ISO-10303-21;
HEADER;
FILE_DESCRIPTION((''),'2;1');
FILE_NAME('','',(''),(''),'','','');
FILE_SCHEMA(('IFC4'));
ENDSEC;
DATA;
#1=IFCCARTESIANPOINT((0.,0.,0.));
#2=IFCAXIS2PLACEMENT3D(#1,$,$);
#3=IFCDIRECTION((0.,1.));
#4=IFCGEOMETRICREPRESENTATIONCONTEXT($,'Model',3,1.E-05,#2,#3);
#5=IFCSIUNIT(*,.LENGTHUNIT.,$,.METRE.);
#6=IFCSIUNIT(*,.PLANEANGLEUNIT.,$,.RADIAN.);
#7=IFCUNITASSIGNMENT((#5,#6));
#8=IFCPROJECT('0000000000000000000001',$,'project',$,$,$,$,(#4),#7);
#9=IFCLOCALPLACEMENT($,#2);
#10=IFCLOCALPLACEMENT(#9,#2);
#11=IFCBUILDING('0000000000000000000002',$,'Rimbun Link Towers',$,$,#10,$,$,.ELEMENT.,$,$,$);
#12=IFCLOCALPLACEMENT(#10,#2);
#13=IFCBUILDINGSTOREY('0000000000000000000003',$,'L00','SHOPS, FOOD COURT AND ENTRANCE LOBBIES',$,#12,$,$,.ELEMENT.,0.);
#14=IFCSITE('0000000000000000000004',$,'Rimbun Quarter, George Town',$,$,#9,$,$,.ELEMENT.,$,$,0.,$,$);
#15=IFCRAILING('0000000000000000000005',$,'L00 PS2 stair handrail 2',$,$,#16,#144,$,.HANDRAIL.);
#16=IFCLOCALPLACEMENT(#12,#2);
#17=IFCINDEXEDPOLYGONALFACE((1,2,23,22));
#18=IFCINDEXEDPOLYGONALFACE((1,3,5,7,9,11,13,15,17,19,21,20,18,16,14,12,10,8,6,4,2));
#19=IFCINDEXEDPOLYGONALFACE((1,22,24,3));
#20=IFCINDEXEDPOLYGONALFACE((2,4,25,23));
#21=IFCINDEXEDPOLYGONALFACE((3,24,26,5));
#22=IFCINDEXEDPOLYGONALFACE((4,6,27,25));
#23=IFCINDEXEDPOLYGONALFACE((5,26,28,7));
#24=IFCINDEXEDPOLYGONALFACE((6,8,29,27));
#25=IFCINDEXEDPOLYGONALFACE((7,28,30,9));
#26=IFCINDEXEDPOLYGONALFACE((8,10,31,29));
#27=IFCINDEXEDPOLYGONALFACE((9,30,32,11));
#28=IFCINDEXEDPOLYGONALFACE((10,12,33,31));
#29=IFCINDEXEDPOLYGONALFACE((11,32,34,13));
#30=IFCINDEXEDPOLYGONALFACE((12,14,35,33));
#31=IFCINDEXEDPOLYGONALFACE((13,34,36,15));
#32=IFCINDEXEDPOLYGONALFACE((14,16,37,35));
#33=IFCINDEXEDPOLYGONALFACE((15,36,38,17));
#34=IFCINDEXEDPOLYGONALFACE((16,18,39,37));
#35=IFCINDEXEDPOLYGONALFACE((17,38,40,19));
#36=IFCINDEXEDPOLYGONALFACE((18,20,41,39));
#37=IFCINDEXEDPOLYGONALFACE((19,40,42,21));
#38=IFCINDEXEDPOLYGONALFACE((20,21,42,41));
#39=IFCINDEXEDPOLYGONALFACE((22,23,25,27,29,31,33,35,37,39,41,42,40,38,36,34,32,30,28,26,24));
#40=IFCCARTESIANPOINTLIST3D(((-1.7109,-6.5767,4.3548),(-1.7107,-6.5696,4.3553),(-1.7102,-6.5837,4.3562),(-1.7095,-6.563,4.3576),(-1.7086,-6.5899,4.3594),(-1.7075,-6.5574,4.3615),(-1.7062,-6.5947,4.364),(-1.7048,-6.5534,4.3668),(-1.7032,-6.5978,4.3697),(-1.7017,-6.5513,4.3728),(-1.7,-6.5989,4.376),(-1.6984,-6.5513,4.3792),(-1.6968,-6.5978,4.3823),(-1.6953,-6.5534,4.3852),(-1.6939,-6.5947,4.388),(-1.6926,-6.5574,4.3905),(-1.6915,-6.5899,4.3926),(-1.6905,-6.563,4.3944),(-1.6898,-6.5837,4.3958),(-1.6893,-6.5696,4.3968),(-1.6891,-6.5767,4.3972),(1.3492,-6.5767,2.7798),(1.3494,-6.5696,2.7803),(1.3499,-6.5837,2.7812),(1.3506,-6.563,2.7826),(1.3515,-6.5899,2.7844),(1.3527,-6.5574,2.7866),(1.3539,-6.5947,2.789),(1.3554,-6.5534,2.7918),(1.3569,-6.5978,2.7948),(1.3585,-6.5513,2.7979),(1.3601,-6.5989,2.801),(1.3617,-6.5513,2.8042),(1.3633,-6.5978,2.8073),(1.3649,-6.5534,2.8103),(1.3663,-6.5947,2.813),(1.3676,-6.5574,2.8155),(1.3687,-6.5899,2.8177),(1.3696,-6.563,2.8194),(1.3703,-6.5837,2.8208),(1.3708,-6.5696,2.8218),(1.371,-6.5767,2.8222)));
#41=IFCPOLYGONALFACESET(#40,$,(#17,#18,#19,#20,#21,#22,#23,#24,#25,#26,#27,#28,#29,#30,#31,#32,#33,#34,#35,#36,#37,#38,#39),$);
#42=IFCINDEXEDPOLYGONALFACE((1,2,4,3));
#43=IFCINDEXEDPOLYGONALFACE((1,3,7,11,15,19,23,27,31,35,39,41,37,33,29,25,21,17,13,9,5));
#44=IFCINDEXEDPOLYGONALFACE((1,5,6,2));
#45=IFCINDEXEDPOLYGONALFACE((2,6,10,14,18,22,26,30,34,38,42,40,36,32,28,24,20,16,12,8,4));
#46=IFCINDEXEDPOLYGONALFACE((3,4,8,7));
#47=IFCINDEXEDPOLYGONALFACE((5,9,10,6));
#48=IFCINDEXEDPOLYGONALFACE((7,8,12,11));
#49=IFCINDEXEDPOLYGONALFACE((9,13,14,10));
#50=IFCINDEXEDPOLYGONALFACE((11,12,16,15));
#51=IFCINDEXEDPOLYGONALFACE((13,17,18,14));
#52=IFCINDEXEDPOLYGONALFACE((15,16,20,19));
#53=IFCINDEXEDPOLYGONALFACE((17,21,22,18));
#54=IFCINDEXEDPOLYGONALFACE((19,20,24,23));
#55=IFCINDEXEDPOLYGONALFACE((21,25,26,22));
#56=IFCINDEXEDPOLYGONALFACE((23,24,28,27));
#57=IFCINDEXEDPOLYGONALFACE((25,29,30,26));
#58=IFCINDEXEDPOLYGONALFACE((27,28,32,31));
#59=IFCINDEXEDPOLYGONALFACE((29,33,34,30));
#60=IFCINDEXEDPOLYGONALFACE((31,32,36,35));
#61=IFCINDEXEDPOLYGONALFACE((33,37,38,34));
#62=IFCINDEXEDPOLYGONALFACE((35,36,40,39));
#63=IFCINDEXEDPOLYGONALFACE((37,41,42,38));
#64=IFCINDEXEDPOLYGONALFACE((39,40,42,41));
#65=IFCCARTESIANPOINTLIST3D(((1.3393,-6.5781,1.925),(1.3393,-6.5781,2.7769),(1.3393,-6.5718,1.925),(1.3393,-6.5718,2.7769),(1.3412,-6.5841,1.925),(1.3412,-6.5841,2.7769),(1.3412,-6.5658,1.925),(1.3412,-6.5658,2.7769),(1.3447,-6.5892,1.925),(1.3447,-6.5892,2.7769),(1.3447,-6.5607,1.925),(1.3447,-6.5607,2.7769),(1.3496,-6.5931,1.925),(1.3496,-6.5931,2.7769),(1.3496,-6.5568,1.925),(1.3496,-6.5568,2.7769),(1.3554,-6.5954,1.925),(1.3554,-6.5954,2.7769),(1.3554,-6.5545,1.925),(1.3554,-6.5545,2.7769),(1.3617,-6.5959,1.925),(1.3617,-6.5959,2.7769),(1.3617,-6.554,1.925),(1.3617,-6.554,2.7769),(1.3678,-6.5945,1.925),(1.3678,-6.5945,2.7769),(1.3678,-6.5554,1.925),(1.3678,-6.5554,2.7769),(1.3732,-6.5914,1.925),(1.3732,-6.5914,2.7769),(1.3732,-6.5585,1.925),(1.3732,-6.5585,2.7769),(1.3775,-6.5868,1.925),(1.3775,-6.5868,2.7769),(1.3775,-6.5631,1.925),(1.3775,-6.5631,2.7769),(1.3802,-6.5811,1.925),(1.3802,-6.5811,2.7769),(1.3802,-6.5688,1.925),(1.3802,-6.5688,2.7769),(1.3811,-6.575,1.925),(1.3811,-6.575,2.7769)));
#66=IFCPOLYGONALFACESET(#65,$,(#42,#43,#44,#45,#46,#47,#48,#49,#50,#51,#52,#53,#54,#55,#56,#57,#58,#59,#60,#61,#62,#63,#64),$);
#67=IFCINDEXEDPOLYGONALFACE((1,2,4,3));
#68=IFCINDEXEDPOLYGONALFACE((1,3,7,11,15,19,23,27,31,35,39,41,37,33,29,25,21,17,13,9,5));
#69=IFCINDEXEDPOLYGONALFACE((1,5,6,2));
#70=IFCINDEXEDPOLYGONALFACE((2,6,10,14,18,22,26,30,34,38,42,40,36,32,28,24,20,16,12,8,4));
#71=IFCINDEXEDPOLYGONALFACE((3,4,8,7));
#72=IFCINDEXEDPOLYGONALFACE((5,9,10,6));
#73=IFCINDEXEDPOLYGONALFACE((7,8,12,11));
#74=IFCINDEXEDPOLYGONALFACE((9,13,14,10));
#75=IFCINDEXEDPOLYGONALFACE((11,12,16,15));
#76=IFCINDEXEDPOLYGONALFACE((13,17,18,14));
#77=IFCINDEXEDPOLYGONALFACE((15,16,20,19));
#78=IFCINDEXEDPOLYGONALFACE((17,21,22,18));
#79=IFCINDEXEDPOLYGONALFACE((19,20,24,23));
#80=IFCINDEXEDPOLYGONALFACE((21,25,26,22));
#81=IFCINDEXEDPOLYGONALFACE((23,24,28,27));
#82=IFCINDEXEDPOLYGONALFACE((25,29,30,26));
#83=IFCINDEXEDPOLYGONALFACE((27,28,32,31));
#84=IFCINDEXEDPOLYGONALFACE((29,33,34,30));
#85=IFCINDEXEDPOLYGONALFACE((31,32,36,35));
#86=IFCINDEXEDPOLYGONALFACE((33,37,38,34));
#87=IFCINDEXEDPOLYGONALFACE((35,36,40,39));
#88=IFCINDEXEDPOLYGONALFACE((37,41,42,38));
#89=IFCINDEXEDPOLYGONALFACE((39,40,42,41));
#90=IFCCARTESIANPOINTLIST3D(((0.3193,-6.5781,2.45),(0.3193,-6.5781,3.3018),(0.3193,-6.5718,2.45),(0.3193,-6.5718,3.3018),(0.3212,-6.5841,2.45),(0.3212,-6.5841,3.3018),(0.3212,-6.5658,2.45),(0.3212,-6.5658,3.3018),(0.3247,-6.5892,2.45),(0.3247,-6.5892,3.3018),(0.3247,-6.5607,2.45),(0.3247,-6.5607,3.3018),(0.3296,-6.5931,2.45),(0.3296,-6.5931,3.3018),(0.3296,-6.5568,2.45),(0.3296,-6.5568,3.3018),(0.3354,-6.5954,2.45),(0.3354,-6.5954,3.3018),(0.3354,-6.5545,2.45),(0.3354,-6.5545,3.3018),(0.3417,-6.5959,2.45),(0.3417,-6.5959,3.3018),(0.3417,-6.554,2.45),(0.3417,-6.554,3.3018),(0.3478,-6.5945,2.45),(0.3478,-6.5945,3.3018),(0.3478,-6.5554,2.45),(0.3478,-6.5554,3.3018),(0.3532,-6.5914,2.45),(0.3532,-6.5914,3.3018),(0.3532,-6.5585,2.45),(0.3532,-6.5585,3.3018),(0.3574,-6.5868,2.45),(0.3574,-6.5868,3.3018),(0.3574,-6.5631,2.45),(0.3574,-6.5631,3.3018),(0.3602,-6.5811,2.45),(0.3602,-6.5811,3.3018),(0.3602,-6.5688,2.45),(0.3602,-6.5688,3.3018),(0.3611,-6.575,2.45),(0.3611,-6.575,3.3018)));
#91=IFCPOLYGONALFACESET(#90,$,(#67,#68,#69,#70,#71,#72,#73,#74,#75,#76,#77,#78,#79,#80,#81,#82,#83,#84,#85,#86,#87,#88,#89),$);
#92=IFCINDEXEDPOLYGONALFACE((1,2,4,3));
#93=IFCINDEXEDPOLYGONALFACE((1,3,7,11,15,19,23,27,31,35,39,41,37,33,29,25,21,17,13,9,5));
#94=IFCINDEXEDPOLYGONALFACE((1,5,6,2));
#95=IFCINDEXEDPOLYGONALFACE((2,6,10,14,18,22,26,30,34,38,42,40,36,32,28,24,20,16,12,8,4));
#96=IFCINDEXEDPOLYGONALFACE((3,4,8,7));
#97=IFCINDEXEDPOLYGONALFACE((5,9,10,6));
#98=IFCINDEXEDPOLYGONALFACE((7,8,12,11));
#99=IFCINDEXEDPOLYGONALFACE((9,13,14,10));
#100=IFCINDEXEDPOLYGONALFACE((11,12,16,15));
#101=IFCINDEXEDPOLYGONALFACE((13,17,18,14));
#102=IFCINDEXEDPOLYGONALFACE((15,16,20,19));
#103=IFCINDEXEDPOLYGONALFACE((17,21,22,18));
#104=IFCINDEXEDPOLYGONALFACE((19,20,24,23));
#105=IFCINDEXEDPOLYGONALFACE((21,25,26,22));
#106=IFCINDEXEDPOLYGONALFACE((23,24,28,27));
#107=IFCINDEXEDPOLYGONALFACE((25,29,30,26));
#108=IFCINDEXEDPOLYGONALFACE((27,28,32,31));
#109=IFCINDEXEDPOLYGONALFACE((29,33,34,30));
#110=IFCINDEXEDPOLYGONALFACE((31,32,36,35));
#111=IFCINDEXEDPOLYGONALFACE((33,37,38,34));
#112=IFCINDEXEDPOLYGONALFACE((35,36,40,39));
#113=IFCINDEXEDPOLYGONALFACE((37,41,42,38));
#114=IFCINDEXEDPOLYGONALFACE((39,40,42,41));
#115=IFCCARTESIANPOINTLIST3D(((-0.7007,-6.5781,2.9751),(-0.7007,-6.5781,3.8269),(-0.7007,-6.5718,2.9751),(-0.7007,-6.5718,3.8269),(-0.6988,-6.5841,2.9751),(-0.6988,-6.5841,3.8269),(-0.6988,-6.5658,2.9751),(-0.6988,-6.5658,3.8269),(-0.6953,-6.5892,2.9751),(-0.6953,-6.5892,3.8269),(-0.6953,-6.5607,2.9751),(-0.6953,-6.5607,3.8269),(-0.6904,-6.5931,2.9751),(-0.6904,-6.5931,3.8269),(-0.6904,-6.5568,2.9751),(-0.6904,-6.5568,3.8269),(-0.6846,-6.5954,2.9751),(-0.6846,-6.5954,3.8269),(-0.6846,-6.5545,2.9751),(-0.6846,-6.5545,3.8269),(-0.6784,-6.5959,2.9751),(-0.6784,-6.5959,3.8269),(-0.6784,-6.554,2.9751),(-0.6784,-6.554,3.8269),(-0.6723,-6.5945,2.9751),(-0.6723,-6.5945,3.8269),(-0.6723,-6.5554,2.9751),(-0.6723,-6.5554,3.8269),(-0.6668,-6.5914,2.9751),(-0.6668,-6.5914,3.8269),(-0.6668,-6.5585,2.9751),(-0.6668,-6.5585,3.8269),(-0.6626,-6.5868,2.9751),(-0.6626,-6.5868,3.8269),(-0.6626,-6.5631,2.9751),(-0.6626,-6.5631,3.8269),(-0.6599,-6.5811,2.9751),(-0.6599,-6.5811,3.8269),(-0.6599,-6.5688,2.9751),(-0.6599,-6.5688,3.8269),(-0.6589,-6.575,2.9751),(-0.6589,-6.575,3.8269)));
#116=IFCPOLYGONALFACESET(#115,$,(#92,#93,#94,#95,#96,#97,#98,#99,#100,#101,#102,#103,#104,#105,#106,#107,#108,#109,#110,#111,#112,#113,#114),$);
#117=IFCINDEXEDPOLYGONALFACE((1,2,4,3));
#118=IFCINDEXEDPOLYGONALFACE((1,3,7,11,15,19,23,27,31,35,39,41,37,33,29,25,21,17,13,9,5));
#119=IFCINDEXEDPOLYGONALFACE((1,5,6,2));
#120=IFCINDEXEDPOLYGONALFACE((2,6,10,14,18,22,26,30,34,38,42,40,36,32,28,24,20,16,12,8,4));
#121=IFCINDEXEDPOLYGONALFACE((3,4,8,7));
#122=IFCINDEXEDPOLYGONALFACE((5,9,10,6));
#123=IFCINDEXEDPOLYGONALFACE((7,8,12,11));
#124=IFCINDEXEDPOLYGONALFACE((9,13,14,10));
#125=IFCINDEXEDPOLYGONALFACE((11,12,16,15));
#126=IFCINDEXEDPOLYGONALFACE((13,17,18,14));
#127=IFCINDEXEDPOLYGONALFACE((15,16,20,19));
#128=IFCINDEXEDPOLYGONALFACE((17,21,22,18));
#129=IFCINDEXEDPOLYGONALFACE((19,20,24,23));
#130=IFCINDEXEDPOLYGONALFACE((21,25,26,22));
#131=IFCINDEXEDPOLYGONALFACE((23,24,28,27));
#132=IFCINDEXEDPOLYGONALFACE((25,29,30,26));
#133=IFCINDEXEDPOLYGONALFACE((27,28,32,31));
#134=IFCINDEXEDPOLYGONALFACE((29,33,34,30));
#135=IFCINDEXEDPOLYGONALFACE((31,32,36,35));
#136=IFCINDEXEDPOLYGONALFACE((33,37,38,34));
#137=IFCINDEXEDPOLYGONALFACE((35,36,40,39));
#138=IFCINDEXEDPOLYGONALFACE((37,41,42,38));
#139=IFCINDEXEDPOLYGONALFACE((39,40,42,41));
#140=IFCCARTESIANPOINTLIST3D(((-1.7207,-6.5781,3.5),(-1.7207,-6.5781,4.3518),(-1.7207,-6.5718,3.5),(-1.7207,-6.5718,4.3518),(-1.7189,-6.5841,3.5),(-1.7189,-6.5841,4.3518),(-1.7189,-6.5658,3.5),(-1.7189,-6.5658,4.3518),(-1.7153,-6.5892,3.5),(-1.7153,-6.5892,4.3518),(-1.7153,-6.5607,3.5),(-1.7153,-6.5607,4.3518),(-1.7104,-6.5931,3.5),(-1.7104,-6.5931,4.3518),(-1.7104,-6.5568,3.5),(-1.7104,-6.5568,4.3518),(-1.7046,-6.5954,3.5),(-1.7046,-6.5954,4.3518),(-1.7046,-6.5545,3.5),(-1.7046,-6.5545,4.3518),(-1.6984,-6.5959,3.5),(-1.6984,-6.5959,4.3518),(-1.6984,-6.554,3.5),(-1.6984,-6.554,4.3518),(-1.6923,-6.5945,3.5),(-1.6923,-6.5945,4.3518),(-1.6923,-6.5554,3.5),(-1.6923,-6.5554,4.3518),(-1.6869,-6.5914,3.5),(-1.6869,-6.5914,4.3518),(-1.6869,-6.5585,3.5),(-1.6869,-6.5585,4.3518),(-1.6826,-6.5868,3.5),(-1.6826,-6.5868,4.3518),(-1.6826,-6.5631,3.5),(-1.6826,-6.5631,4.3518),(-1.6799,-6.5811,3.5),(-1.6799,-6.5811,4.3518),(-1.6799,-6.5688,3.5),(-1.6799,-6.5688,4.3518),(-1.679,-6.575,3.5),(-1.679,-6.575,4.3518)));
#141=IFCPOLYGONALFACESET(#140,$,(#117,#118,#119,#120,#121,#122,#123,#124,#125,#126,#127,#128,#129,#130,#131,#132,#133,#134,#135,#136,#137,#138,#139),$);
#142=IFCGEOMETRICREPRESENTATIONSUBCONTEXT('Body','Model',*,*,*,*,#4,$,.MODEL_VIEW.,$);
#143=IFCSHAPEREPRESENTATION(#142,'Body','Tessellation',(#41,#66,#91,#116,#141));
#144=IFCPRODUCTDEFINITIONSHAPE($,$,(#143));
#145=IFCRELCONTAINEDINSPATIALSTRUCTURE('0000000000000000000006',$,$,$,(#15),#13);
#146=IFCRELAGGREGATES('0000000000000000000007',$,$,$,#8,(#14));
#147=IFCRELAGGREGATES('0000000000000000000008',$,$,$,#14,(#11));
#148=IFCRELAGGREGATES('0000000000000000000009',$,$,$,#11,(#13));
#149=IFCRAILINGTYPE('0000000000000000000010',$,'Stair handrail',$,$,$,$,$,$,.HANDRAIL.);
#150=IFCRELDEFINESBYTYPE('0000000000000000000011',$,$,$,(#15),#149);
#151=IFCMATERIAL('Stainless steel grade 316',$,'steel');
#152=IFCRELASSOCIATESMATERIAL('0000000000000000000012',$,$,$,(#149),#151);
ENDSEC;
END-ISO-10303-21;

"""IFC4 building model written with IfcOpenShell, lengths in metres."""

from ifc_helpers import new_model, si_unit, direction, frame, origin, origin_2d, place, context, subcontext, project, spatial, circle, extrude, material, type_object, element, save


model = new_model("IFC4")

# Units and contexts
model_context = context("Model", 3, precision=1e-05, world=origin(), true_north=direction((0.0, 1.0)))
body_context = subcontext(model_context, "Body", "Model", "MODEL_VIEW")
ifc_project = project(units=[si_unit("LENGTHUNIT", "METRE"), si_unit("PLANEANGLEUNIT", "RADIAN")], contexts=[model_context])

# Site, building, storey
site_placement = place(None, origin())
site = spatial("IfcSite", under=ifc_project, at=site_placement, Name="Rimbun Quarter, George Town", CompositionType="ELEMENT", RefElevation=0.0)
building_placement = place(site_placement, origin())
building = spatial("IfcBuilding", under=site, at=building_placement, Name="Rimbun Link Towers", CompositionType="ELEMENT")
storey_placement = place(building_placement, origin())
storey = spatial("IfcBuildingStorey", under=building, at=storey_placement, Name="L00", Description="SHOPS, FOOD COURT AND ENTRANCE LOBBIES", CompositionType="ELEMENT", Elevation=0.0)

# Railing
ifc_material_1 = material(Name="Stainless steel grade 316", Category="steel")
railing_type_1 = type_object("IfcRailingType", Name="Stair handrail", PredefinedType="HANDRAIL", material=ifc_material_1)
for number, where, name in (
    (1, (1.3601, -6.575, 1.925), "L00 PS2 stair handrail 2"),
):
    element("IfcRailing", number, at=place(storey_placement, frame(where)), inside=storey, type_object=railing_type_1, Name=name, PredefinedType="HANDRAIL", context=body_context, shape_type="SweptSolid", body=[
        extrude(circle(Radius=0.0239, at=origin_2d()), frame((0.0, 0.0, 0.876), z_axis=(-0.889145, 0.0, 0.457625), x_axis=(0.0, -1.0, 0.0)), (0.0, 0.0, 1.0), 3.4417),
        extrude(circle(Radius=0.021, at=origin_2d()), origin(), (0.0, 0.0, 1.0), 0.8518),
        extrude(circle(Radius=0.021, at=origin_2d()), frame((-1.02, 0.0, 0.5249)), (0.0, 0.0, 1.0), 0.8518),
        extrude(circle(Radius=0.021, at=origin_2d()), frame((-2.04, 0.0, 1.05)), (0.0, 0.0, 1.0), 0.8518),
        extrude(circle(Radius=0.021, at=origin_2d()), frame((-3.0601, 0.0, 1.575)), (0.0, 0.0, 1.0), 0.8518),
    ])

save(model, "model.ifc")
